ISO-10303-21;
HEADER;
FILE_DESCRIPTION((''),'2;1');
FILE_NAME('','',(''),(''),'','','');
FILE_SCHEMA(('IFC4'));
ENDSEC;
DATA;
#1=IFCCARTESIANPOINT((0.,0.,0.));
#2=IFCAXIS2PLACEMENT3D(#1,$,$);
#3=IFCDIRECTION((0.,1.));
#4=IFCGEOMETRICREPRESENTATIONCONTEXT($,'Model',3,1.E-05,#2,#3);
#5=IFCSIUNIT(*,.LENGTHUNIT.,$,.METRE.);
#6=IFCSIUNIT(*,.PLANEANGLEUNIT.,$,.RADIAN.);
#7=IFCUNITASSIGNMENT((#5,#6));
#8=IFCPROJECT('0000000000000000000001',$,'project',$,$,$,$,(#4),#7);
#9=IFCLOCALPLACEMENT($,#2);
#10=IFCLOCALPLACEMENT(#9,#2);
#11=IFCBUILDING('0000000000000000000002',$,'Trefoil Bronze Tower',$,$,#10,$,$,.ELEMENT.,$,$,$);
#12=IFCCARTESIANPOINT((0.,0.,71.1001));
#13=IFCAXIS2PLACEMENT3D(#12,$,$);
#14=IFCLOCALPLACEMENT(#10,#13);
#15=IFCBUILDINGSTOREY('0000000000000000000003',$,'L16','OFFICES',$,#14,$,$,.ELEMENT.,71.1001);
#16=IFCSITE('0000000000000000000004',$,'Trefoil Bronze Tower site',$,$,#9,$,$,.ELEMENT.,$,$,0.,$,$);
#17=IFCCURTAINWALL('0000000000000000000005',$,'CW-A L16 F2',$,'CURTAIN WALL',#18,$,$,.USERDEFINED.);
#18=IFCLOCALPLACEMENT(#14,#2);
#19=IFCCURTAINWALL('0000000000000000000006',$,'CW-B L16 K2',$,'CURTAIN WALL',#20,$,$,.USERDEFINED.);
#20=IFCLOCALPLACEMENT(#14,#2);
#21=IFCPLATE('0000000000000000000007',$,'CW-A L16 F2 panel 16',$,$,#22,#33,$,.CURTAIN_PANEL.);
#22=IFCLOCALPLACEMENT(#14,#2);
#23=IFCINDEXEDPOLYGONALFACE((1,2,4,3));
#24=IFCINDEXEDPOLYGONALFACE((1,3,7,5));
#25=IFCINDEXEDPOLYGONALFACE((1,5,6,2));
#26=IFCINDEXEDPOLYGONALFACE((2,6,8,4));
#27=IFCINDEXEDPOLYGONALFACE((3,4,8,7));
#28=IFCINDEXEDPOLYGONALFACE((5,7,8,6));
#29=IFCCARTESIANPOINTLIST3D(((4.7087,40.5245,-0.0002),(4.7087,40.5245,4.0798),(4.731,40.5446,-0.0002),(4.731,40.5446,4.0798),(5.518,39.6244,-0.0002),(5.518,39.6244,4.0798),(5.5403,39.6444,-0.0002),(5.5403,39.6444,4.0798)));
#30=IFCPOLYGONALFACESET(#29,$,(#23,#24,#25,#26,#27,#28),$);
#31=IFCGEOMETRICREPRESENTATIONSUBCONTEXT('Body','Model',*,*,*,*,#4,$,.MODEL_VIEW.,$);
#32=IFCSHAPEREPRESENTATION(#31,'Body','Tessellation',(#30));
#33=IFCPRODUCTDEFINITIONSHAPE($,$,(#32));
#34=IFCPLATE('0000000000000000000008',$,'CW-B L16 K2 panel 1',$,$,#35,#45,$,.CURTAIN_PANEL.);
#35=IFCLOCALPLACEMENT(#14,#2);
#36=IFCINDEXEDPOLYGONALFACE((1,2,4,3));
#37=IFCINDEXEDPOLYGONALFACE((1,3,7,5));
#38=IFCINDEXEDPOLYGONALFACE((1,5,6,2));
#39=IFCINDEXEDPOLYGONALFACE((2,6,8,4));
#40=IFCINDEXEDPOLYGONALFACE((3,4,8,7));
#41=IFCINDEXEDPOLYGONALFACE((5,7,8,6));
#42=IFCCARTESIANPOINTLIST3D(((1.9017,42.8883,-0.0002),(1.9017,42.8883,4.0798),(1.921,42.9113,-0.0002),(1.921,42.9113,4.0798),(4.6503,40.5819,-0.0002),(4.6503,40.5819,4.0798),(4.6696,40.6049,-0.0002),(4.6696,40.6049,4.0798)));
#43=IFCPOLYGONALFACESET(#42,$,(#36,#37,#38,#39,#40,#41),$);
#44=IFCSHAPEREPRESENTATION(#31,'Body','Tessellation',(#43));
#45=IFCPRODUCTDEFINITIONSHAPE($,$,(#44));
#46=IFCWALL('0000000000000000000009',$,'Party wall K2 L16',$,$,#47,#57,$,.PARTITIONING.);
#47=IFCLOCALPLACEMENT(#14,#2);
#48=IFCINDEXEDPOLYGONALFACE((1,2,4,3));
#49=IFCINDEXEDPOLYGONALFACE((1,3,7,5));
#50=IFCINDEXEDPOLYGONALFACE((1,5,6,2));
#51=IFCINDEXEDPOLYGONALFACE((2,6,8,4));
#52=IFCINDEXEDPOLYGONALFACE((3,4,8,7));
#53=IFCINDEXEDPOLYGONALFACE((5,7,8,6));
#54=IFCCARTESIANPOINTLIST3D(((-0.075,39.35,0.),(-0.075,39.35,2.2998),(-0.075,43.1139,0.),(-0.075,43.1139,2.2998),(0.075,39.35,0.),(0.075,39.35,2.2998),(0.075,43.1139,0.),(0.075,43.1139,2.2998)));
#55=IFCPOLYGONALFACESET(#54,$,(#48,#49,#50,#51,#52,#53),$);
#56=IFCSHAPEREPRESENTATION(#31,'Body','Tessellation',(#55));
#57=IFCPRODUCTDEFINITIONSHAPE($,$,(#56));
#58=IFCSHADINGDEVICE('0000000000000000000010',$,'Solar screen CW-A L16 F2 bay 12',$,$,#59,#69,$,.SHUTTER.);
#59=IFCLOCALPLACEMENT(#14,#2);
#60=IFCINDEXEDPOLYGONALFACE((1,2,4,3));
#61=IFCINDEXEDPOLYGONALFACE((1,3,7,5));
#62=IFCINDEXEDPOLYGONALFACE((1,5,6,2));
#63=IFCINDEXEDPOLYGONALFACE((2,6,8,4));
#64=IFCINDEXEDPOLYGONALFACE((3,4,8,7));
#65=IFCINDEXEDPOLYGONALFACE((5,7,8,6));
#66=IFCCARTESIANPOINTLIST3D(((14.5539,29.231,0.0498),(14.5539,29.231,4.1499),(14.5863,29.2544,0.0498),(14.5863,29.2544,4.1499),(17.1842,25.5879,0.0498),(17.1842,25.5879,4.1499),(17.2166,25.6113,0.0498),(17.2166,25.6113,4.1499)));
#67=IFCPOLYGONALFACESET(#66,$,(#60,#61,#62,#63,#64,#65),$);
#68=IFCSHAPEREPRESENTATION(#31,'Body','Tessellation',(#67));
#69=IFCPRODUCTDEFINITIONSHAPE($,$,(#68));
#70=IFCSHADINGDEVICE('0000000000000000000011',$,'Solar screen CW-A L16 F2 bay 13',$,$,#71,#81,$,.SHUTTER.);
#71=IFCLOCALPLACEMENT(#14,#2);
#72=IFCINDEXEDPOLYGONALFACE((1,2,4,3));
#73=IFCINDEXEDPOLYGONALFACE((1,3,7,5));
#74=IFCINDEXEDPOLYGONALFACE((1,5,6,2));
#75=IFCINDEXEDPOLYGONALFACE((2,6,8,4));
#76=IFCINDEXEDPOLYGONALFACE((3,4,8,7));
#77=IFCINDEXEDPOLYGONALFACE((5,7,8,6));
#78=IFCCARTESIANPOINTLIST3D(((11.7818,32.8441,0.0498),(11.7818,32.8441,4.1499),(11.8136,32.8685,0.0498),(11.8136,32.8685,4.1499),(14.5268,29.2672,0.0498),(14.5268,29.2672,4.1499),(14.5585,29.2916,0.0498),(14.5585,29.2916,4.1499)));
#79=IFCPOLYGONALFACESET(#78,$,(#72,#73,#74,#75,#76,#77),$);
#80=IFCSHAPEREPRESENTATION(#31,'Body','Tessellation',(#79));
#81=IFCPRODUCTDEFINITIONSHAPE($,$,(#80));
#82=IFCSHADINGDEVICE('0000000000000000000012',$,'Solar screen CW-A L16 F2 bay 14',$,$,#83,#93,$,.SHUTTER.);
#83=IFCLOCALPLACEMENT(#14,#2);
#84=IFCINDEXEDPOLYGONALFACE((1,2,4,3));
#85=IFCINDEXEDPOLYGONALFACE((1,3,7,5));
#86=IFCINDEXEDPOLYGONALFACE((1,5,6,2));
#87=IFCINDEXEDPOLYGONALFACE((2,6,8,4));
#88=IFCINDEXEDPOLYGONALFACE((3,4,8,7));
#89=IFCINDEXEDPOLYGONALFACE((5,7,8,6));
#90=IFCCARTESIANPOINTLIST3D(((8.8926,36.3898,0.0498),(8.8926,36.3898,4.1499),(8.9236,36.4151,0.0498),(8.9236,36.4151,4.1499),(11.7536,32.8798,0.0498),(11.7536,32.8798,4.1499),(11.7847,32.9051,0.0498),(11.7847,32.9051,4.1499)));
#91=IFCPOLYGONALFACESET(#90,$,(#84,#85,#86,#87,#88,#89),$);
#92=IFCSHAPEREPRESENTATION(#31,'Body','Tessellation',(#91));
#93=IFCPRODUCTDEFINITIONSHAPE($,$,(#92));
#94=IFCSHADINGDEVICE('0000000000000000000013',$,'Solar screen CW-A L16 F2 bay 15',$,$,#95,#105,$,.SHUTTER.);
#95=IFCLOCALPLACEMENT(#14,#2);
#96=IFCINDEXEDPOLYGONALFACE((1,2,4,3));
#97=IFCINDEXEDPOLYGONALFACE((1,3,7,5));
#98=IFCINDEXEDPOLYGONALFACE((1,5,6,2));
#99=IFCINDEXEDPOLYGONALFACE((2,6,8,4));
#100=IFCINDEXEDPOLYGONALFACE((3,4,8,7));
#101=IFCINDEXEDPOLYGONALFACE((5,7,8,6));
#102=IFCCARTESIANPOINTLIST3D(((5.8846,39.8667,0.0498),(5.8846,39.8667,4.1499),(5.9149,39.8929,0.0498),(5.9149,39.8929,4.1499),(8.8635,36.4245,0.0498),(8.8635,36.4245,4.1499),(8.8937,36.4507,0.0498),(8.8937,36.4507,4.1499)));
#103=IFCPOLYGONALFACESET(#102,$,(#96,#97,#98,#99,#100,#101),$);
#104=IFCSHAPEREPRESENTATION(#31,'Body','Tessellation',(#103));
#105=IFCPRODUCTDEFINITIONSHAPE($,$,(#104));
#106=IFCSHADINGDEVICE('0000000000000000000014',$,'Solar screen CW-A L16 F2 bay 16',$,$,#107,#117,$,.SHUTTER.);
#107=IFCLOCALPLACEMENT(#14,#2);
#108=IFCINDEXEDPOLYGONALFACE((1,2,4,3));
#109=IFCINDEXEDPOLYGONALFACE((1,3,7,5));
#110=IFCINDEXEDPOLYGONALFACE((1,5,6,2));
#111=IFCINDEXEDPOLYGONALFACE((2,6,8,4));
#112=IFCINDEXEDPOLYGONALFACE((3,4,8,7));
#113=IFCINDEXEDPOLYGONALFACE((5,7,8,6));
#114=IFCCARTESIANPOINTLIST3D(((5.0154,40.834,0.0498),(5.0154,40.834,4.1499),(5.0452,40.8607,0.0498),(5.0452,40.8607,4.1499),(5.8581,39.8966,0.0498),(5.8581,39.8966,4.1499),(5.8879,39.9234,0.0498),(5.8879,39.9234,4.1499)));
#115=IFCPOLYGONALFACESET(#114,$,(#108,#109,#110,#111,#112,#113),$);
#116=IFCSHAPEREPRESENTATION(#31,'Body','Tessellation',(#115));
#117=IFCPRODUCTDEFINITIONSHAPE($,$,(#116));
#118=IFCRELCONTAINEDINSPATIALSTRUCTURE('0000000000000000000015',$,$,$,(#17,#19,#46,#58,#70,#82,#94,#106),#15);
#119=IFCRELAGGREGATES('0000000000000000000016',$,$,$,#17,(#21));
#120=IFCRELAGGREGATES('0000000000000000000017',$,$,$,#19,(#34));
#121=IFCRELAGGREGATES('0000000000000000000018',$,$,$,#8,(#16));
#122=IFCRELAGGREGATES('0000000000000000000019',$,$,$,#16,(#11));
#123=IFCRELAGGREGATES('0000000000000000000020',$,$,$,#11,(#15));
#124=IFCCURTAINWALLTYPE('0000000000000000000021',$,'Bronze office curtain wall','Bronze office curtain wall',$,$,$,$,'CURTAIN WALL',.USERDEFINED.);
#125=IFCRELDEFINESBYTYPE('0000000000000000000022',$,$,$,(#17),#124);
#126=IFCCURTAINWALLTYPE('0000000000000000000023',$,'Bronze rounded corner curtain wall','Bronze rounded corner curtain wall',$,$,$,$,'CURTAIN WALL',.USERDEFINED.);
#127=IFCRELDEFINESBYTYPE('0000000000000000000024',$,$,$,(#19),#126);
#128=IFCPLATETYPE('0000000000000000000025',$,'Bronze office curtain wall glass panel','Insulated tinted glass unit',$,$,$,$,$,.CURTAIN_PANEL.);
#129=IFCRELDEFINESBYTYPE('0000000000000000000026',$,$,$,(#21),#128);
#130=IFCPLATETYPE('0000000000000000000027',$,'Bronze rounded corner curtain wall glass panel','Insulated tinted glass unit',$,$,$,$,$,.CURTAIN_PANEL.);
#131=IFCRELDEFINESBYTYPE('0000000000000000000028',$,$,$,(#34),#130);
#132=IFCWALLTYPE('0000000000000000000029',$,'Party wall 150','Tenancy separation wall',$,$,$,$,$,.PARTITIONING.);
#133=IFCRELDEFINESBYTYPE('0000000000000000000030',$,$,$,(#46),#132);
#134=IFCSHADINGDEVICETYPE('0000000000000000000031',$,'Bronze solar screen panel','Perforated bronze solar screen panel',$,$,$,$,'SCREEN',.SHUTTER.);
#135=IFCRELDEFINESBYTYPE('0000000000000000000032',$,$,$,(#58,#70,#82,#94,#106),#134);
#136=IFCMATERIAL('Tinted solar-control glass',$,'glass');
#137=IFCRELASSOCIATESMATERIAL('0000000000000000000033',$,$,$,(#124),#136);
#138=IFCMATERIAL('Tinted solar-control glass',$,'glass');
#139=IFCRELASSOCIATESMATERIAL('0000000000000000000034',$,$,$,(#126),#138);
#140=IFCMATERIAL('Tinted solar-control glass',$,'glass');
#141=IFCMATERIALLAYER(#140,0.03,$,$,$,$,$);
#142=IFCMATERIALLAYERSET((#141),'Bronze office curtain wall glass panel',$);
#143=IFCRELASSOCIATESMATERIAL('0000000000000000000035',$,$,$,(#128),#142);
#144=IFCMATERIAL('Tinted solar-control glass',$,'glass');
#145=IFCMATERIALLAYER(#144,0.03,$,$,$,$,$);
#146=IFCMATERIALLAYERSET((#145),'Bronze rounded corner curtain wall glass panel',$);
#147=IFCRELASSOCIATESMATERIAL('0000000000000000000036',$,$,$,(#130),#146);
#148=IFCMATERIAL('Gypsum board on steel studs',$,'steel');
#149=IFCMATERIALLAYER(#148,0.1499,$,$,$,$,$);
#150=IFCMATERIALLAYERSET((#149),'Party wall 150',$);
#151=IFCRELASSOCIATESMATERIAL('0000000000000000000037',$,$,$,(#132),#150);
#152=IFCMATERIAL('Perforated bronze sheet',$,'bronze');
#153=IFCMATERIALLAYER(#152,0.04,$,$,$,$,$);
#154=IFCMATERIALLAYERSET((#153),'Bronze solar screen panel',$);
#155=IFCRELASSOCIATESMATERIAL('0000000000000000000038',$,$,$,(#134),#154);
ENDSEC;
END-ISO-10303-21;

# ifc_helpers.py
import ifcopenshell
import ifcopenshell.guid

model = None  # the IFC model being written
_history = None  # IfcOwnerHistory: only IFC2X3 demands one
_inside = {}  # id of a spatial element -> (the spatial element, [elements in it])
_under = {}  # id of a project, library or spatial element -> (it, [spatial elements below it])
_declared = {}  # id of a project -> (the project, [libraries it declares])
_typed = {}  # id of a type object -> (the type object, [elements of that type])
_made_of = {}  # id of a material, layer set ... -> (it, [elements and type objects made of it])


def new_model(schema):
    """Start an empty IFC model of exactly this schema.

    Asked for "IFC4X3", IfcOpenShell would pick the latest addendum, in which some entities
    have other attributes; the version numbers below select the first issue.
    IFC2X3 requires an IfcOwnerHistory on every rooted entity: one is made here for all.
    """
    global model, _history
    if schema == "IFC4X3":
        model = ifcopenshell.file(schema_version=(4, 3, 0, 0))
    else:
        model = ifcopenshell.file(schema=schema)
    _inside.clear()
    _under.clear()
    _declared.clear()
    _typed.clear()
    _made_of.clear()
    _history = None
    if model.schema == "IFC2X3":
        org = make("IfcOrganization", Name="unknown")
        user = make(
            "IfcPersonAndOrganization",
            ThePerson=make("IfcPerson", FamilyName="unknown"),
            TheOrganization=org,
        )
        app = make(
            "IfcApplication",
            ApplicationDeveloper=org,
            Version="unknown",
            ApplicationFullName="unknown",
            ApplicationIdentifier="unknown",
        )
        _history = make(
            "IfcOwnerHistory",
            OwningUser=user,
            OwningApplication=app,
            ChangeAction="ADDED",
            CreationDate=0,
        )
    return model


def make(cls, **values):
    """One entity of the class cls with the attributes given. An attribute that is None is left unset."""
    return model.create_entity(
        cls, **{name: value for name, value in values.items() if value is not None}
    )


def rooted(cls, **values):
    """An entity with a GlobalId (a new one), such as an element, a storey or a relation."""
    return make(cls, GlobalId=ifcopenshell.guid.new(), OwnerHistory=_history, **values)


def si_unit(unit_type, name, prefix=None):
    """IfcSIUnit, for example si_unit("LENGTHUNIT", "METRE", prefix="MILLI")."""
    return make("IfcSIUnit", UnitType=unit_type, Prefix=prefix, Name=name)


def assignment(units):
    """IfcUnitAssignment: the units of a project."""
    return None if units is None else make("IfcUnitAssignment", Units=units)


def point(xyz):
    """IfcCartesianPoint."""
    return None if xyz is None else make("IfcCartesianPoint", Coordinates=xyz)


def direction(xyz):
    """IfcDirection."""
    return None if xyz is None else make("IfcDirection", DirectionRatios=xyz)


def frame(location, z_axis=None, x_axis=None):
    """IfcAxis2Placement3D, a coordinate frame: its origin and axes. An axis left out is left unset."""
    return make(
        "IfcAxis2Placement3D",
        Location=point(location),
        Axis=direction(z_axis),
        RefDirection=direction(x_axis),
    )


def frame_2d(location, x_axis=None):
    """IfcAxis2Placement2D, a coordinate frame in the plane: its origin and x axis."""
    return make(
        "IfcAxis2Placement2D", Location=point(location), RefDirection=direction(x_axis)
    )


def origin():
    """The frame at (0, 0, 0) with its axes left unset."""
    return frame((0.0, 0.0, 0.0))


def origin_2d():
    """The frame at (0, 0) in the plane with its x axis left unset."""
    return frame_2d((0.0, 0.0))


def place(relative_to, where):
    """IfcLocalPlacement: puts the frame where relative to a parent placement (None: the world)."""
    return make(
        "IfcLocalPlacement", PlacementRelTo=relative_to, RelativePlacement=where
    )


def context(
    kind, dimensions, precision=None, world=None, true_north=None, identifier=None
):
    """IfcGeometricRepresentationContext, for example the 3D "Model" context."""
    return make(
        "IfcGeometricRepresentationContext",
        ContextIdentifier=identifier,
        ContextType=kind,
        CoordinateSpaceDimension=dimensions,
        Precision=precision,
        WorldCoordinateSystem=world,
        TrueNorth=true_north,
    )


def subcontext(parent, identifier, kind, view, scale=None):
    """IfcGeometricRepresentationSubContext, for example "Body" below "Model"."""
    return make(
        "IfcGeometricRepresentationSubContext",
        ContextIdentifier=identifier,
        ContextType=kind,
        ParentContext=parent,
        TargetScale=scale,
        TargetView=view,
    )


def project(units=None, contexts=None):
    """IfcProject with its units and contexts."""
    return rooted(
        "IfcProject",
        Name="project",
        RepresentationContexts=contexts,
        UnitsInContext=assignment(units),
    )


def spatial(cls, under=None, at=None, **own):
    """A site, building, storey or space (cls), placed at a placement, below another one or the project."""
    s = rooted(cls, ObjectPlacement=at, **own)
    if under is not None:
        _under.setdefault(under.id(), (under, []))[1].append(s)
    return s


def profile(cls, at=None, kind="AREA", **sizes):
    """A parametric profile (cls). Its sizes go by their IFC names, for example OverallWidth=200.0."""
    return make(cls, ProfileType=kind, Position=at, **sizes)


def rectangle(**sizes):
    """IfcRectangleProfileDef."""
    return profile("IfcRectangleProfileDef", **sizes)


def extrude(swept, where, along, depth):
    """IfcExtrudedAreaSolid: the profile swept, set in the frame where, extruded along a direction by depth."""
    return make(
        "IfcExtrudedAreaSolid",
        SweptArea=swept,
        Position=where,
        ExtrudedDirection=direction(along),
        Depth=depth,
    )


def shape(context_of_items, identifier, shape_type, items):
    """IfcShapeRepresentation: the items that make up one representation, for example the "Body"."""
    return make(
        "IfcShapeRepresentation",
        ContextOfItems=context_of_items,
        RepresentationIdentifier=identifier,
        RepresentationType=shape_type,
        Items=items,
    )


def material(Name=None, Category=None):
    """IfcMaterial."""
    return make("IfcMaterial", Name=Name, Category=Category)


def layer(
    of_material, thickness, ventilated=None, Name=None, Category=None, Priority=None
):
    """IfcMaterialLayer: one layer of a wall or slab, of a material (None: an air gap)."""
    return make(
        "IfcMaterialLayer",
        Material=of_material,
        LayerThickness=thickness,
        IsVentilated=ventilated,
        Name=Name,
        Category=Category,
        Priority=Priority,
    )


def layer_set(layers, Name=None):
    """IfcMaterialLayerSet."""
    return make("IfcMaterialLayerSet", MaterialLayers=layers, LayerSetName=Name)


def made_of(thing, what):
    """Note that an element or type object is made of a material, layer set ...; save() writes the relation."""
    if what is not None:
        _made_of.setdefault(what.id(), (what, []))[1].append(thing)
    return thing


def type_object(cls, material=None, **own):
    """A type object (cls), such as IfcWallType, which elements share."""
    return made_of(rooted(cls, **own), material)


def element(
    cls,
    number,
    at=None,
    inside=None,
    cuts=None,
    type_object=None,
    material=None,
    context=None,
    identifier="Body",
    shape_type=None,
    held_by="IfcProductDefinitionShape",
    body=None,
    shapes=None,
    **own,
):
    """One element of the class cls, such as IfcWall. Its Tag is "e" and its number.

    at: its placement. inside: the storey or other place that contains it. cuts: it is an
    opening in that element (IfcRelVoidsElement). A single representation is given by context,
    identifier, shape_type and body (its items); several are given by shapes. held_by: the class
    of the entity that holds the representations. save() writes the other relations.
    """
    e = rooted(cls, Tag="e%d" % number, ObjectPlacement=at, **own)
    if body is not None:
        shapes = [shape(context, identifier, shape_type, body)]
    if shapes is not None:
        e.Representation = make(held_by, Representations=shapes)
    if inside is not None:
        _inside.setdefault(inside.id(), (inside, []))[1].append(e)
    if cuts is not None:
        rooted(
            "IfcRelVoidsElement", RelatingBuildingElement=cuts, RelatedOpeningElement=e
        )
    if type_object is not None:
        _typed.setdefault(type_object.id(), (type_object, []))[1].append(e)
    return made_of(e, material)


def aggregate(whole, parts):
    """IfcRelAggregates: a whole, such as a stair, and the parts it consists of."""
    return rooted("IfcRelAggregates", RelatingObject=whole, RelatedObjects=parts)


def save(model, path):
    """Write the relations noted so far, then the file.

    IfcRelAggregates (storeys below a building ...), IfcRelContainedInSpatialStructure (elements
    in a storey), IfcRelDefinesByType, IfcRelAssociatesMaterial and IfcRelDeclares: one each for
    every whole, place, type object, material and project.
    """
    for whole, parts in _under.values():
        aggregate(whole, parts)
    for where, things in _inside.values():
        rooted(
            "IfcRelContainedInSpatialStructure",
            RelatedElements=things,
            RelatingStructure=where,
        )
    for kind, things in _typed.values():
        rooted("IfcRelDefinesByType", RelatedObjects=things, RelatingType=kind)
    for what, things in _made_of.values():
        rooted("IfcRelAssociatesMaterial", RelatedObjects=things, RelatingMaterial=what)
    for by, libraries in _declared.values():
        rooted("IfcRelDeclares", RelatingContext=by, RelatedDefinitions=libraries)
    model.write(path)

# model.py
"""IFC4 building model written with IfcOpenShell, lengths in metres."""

from ifc_helpers import new_model, si_unit, direction, frame, frame_2d, origin, origin_2d, place, context, subcontext, project, spatial, rectangle, extrude, material, layer, layer_set, type_object, element, aggregate, save


model = new_model("IFC4")

# Units and contexts
model_context = context("Model", 3, precision=1e-05, world=origin(), true_north=direction((0.0, 1.0)))
body_context = subcontext(model_context, "Body", "Model", "MODEL_VIEW")
ifc_project = project(units=[si_unit("LENGTHUNIT", "METRE"), si_unit("PLANEANGLEUNIT", "RADIAN")], contexts=[model_context])

# Site, building, storey
site_placement = place(None, origin())
site = spatial("IfcSite", under=ifc_project, at=site_placement, Name="Trefoil Bronze Tower site", CompositionType="ELEMENT", RefElevation=0.0)
building_placement = place(site_placement, origin())
building = spatial("IfcBuilding", under=site, at=building_placement, Name="Trefoil Bronze Tower", CompositionType="ELEMENT")
storey_placement = place(building_placement, frame((0.0, 0.0, 71.1001)))
storey = spatial("IfcBuildingStorey", under=building, at=storey_placement, Name="L16", Description="OFFICES", CompositionType="ELEMENT", Elevation=71.1001)

# Curtain walls
ifc_material_1 = material(Name="Tinted solar-control glass", Category="glass")
curtain_wall_type_1 = type_object("IfcCurtainWallType", Name="Bronze office curtain wall", Description="Bronze office curtain wall", ElementType="CURTAIN WALL", PredefinedType="USERDEFINED", material=ifc_material_1)
curtain_wall_1_placement = place(storey_placement, origin())
curtain_wall_1 = element("IfcCurtainWall", 1, at=curtain_wall_1_placement, inside=storey, type_object=curtain_wall_type_1, Name="CW-A L16 F2", ObjectType="CURTAIN WALL", PredefinedType="USERDEFINED")
ifc_material_2 = material(Name="Tinted solar-control glass", Category="glass")
curtain_wall_type_2 = type_object("IfcCurtainWallType", Name="Bronze rounded corner curtain wall", Description="Bronze rounded corner curtain wall", ElementType="CURTAIN WALL", PredefinedType="USERDEFINED", material=ifc_material_2)
curtain_wall_2_placement = place(storey_placement, origin())
curtain_wall_2 = element("IfcCurtainWall", 2, at=curtain_wall_2_placement, inside=storey, type_object=curtain_wall_type_2, Name="CW-B L16 K2", ObjectType="CURTAIN WALL", PredefinedType="USERDEFINED")

# Plates
ifc_material_3 = material(Name="Tinted solar-control glass", Category="glass")
ifc_layer_1 = layer(ifc_material_3, 0.03)
ifc_layer_set_1 = layer_set([ifc_layer_1], Name="Bronze office curtain wall glass panel")
plate_type_1 = type_object("IfcPlateType", Name="Bronze office curtain wall glass panel", Description="Insulated tinted glass unit", PredefinedType="CURTAIN_PANEL", material=ifc_layer_set_1)
plate_1_placement = place(storey_placement, frame((5.1245, 40.0845, -0.0002), z_axis=(0.0, 0.0, 1.0), x_axis=(-0.668575, 0.743645, 0.0)))
plate_1 = element("IfcPlate", 3, at=plate_1_placement, type_object=plate_type_1, Name="CW-A L16 F2 panel 16", PredefinedType="CURTAIN_PANEL", context=body_context, shape_type="SweptSolid", body=[
    extrude(rectangle(XDim=1.2104, YDim=0.03, at=origin_2d()), origin(), (0.0, 0.0, 1.0), 4.0801),
])
aggregate(curtain_wall_1, [plate_1])
ifc_material_4 = material(Name="Tinted solar-control glass", Category="glass")
ifc_layer_2 = layer(ifc_material_4, 0.03)
ifc_layer_set_2 = layer_set([ifc_layer_2], Name="Bronze rounded corner curtain wall glass panel")
plate_type_2 = type_object("IfcPlateType", Name="Bronze rounded corner curtain wall glass panel", Description="Insulated tinted glass unit", PredefinedType="CURTAIN_PANEL", material=ifc_layer_set_2)
plate_2_placement = place(storey_placement, frame((3.2856, 41.7466, -0.0002), z_axis=(0.0, 0.0, 1.0), x_axis=(-0.766044, 0.642788, 0.0)))
plate_2 = element("IfcPlate", 4, at=plate_2_placement, type_object=plate_type_2, Name="CW-B L16 K2 panel 1", PredefinedType="CURTAIN_PANEL", context=body_context, shape_type="SweptSolid", body=[
    extrude(rectangle(XDim=3.5881, YDim=0.03, at=origin_2d()), origin(), (0.0, 0.0, 1.0), 4.0801),
])
aggregate(curtain_wall_2, [plate_2])

# Wall
ifc_material_5 = material(Name="Gypsum board on steel studs", Category="steel")
ifc_layer_3 = layer(ifc_material_5, 0.1499)
ifc_layer_set_3 = layer_set([ifc_layer_3], Name="Party wall 150")
wall_type = type_object("IfcWallType", Name="Party wall 150", Description="Tenancy separation wall", PredefinedType="PARTITIONING", material=ifc_layer_set_3)
wall_placement = place(storey_placement, frame((0.0, 39.3501, 0.0), z_axis=(0.0, 0.0, 1.0), x_axis=(0.0, 1.0, 0.0)))
element("IfcWall", 5, at=wall_placement, inside=storey, type_object=wall_type, Name="Party wall K2 L16", PredefinedType="PARTITIONING", context=body_context, shape_type="SweptSolid", body=[
    extrude(rectangle(XDim=3.7639, YDim=0.1499, at=frame_2d((1.8818, 0.0))), origin(), (0.0, 0.0, 1.0), 2.2998),
])

# Shading devices
ifc_material_6 = material(Name="Perforated bronze sheet", Category="bronze")
ifc_layer_4 = layer(ifc_material_6, 0.04)
ifc_layer_set_4 = layer_set([ifc_layer_4], Name="Bronze solar screen panel")
shading_device_type = type_object("IfcShadingDeviceType", Name="Bronze solar screen panel", Description="Perforated bronze solar screen panel", ElementType="SCREEN", PredefinedType="SHUTTER", material=ifc_layer_set_4)
shading_device_1_placement = place(storey_placement, frame((15.8853, 27.4211, 0.0498), z_axis=(0.0, 0.0, 1.0), x_axis=(-0.585373, 0.810764, 0.0)))
element("IfcShadingDevice", 6, at=shading_device_1_placement, inside=storey, type_object=shading_device_type, Name="Solar screen CW-A L16 F2 bay 12", PredefinedType="SHUTTER", context=body_context, shape_type="SweptSolid", body=[
    extrude(rectangle(XDim=4.4934, YDim=0.04, at=origin_2d()), origin(), (0.0, 0.0, 1.0), 4.1001),
])
shading_device_2_placement = place(storey_placement, frame((13.1702, 31.0679, 0.0498), z_axis=(0.0, 0.0, 1.0), x_axis=(-0.608808, 0.793318, 0.0)))
element("IfcShadingDevice", 7, at=shading_device_2_placement, inside=storey, type_object=shading_device_type, Name="Solar screen CW-A L16 F2 bay 13", PredefinedType="SHUTTER", context=body_context, shape_type="SweptSolid", body=[
    extrude(rectangle(XDim=4.5088, YDim=0.04, at=origin_2d()), origin(), (0.0, 0.0, 1.0), 4.1001),
])
shading_device_3_placement = place(storey_placement, frame((10.3386, 34.6475, 0.0498), z_axis=(0.0, 0.0, 1.0), x_axis=(-0.631811, 0.775123, 0.0)))
element("IfcShadingDevice", 8, at=shading_device_3_placement, inside=storey, type_object=shading_device_type, Name="Solar screen CW-A L16 F2 bay 14", PredefinedType="SHUTTER", context=body_context, shape_type="SweptSolid", body=[
    extrude(rectangle(XDim=4.5283, YDim=0.04, at=origin_2d()), origin(), (0.0, 0.0, 1.0), 4.1001),
])
shading_device_4_placement = place(storey_placement, frame((7.3892, 38.1587, 0.0498), z_axis=(0.0, 0.0, 1.0), x_axis=(-0.654376, 0.756169, 0.0)))
element("IfcShadingDevice", 9, at=shading_device_4_placement, inside=storey, type_object=shading_device_type, Name="Solar screen CW-A L16 F2 bay 15", PredefinedType="SHUTTER", context=body_context, shape_type="SweptSolid", body=[
    extrude(rectangle(XDim=4.5522, YDim=0.04, at=origin_2d()), origin(), (0.0, 0.0, 1.0), 4.1001),
])
shading_device_5_placement = place(storey_placement, frame((5.4517, 40.3787, 0.0498), z_axis=(0.0, 0.0, 1.0), x_axis=(-0.668575, 0.743645, 0.0)))
element("IfcShadingDevice", 10, at=shading_device_5_placement, inside=storey, type_object=shading_device_type, Name="Solar screen CW-A L16 F2 bay 16", PredefinedType="SHUTTER", context=body_context, shape_type="SweptSolid", body=[
    extrude(rectangle(XDim=1.2605, YDim=0.04, at=origin_2d()), origin(), (0.0, 0.0, 1.0), 4.1001),
])

save(model, "model.ifc")
